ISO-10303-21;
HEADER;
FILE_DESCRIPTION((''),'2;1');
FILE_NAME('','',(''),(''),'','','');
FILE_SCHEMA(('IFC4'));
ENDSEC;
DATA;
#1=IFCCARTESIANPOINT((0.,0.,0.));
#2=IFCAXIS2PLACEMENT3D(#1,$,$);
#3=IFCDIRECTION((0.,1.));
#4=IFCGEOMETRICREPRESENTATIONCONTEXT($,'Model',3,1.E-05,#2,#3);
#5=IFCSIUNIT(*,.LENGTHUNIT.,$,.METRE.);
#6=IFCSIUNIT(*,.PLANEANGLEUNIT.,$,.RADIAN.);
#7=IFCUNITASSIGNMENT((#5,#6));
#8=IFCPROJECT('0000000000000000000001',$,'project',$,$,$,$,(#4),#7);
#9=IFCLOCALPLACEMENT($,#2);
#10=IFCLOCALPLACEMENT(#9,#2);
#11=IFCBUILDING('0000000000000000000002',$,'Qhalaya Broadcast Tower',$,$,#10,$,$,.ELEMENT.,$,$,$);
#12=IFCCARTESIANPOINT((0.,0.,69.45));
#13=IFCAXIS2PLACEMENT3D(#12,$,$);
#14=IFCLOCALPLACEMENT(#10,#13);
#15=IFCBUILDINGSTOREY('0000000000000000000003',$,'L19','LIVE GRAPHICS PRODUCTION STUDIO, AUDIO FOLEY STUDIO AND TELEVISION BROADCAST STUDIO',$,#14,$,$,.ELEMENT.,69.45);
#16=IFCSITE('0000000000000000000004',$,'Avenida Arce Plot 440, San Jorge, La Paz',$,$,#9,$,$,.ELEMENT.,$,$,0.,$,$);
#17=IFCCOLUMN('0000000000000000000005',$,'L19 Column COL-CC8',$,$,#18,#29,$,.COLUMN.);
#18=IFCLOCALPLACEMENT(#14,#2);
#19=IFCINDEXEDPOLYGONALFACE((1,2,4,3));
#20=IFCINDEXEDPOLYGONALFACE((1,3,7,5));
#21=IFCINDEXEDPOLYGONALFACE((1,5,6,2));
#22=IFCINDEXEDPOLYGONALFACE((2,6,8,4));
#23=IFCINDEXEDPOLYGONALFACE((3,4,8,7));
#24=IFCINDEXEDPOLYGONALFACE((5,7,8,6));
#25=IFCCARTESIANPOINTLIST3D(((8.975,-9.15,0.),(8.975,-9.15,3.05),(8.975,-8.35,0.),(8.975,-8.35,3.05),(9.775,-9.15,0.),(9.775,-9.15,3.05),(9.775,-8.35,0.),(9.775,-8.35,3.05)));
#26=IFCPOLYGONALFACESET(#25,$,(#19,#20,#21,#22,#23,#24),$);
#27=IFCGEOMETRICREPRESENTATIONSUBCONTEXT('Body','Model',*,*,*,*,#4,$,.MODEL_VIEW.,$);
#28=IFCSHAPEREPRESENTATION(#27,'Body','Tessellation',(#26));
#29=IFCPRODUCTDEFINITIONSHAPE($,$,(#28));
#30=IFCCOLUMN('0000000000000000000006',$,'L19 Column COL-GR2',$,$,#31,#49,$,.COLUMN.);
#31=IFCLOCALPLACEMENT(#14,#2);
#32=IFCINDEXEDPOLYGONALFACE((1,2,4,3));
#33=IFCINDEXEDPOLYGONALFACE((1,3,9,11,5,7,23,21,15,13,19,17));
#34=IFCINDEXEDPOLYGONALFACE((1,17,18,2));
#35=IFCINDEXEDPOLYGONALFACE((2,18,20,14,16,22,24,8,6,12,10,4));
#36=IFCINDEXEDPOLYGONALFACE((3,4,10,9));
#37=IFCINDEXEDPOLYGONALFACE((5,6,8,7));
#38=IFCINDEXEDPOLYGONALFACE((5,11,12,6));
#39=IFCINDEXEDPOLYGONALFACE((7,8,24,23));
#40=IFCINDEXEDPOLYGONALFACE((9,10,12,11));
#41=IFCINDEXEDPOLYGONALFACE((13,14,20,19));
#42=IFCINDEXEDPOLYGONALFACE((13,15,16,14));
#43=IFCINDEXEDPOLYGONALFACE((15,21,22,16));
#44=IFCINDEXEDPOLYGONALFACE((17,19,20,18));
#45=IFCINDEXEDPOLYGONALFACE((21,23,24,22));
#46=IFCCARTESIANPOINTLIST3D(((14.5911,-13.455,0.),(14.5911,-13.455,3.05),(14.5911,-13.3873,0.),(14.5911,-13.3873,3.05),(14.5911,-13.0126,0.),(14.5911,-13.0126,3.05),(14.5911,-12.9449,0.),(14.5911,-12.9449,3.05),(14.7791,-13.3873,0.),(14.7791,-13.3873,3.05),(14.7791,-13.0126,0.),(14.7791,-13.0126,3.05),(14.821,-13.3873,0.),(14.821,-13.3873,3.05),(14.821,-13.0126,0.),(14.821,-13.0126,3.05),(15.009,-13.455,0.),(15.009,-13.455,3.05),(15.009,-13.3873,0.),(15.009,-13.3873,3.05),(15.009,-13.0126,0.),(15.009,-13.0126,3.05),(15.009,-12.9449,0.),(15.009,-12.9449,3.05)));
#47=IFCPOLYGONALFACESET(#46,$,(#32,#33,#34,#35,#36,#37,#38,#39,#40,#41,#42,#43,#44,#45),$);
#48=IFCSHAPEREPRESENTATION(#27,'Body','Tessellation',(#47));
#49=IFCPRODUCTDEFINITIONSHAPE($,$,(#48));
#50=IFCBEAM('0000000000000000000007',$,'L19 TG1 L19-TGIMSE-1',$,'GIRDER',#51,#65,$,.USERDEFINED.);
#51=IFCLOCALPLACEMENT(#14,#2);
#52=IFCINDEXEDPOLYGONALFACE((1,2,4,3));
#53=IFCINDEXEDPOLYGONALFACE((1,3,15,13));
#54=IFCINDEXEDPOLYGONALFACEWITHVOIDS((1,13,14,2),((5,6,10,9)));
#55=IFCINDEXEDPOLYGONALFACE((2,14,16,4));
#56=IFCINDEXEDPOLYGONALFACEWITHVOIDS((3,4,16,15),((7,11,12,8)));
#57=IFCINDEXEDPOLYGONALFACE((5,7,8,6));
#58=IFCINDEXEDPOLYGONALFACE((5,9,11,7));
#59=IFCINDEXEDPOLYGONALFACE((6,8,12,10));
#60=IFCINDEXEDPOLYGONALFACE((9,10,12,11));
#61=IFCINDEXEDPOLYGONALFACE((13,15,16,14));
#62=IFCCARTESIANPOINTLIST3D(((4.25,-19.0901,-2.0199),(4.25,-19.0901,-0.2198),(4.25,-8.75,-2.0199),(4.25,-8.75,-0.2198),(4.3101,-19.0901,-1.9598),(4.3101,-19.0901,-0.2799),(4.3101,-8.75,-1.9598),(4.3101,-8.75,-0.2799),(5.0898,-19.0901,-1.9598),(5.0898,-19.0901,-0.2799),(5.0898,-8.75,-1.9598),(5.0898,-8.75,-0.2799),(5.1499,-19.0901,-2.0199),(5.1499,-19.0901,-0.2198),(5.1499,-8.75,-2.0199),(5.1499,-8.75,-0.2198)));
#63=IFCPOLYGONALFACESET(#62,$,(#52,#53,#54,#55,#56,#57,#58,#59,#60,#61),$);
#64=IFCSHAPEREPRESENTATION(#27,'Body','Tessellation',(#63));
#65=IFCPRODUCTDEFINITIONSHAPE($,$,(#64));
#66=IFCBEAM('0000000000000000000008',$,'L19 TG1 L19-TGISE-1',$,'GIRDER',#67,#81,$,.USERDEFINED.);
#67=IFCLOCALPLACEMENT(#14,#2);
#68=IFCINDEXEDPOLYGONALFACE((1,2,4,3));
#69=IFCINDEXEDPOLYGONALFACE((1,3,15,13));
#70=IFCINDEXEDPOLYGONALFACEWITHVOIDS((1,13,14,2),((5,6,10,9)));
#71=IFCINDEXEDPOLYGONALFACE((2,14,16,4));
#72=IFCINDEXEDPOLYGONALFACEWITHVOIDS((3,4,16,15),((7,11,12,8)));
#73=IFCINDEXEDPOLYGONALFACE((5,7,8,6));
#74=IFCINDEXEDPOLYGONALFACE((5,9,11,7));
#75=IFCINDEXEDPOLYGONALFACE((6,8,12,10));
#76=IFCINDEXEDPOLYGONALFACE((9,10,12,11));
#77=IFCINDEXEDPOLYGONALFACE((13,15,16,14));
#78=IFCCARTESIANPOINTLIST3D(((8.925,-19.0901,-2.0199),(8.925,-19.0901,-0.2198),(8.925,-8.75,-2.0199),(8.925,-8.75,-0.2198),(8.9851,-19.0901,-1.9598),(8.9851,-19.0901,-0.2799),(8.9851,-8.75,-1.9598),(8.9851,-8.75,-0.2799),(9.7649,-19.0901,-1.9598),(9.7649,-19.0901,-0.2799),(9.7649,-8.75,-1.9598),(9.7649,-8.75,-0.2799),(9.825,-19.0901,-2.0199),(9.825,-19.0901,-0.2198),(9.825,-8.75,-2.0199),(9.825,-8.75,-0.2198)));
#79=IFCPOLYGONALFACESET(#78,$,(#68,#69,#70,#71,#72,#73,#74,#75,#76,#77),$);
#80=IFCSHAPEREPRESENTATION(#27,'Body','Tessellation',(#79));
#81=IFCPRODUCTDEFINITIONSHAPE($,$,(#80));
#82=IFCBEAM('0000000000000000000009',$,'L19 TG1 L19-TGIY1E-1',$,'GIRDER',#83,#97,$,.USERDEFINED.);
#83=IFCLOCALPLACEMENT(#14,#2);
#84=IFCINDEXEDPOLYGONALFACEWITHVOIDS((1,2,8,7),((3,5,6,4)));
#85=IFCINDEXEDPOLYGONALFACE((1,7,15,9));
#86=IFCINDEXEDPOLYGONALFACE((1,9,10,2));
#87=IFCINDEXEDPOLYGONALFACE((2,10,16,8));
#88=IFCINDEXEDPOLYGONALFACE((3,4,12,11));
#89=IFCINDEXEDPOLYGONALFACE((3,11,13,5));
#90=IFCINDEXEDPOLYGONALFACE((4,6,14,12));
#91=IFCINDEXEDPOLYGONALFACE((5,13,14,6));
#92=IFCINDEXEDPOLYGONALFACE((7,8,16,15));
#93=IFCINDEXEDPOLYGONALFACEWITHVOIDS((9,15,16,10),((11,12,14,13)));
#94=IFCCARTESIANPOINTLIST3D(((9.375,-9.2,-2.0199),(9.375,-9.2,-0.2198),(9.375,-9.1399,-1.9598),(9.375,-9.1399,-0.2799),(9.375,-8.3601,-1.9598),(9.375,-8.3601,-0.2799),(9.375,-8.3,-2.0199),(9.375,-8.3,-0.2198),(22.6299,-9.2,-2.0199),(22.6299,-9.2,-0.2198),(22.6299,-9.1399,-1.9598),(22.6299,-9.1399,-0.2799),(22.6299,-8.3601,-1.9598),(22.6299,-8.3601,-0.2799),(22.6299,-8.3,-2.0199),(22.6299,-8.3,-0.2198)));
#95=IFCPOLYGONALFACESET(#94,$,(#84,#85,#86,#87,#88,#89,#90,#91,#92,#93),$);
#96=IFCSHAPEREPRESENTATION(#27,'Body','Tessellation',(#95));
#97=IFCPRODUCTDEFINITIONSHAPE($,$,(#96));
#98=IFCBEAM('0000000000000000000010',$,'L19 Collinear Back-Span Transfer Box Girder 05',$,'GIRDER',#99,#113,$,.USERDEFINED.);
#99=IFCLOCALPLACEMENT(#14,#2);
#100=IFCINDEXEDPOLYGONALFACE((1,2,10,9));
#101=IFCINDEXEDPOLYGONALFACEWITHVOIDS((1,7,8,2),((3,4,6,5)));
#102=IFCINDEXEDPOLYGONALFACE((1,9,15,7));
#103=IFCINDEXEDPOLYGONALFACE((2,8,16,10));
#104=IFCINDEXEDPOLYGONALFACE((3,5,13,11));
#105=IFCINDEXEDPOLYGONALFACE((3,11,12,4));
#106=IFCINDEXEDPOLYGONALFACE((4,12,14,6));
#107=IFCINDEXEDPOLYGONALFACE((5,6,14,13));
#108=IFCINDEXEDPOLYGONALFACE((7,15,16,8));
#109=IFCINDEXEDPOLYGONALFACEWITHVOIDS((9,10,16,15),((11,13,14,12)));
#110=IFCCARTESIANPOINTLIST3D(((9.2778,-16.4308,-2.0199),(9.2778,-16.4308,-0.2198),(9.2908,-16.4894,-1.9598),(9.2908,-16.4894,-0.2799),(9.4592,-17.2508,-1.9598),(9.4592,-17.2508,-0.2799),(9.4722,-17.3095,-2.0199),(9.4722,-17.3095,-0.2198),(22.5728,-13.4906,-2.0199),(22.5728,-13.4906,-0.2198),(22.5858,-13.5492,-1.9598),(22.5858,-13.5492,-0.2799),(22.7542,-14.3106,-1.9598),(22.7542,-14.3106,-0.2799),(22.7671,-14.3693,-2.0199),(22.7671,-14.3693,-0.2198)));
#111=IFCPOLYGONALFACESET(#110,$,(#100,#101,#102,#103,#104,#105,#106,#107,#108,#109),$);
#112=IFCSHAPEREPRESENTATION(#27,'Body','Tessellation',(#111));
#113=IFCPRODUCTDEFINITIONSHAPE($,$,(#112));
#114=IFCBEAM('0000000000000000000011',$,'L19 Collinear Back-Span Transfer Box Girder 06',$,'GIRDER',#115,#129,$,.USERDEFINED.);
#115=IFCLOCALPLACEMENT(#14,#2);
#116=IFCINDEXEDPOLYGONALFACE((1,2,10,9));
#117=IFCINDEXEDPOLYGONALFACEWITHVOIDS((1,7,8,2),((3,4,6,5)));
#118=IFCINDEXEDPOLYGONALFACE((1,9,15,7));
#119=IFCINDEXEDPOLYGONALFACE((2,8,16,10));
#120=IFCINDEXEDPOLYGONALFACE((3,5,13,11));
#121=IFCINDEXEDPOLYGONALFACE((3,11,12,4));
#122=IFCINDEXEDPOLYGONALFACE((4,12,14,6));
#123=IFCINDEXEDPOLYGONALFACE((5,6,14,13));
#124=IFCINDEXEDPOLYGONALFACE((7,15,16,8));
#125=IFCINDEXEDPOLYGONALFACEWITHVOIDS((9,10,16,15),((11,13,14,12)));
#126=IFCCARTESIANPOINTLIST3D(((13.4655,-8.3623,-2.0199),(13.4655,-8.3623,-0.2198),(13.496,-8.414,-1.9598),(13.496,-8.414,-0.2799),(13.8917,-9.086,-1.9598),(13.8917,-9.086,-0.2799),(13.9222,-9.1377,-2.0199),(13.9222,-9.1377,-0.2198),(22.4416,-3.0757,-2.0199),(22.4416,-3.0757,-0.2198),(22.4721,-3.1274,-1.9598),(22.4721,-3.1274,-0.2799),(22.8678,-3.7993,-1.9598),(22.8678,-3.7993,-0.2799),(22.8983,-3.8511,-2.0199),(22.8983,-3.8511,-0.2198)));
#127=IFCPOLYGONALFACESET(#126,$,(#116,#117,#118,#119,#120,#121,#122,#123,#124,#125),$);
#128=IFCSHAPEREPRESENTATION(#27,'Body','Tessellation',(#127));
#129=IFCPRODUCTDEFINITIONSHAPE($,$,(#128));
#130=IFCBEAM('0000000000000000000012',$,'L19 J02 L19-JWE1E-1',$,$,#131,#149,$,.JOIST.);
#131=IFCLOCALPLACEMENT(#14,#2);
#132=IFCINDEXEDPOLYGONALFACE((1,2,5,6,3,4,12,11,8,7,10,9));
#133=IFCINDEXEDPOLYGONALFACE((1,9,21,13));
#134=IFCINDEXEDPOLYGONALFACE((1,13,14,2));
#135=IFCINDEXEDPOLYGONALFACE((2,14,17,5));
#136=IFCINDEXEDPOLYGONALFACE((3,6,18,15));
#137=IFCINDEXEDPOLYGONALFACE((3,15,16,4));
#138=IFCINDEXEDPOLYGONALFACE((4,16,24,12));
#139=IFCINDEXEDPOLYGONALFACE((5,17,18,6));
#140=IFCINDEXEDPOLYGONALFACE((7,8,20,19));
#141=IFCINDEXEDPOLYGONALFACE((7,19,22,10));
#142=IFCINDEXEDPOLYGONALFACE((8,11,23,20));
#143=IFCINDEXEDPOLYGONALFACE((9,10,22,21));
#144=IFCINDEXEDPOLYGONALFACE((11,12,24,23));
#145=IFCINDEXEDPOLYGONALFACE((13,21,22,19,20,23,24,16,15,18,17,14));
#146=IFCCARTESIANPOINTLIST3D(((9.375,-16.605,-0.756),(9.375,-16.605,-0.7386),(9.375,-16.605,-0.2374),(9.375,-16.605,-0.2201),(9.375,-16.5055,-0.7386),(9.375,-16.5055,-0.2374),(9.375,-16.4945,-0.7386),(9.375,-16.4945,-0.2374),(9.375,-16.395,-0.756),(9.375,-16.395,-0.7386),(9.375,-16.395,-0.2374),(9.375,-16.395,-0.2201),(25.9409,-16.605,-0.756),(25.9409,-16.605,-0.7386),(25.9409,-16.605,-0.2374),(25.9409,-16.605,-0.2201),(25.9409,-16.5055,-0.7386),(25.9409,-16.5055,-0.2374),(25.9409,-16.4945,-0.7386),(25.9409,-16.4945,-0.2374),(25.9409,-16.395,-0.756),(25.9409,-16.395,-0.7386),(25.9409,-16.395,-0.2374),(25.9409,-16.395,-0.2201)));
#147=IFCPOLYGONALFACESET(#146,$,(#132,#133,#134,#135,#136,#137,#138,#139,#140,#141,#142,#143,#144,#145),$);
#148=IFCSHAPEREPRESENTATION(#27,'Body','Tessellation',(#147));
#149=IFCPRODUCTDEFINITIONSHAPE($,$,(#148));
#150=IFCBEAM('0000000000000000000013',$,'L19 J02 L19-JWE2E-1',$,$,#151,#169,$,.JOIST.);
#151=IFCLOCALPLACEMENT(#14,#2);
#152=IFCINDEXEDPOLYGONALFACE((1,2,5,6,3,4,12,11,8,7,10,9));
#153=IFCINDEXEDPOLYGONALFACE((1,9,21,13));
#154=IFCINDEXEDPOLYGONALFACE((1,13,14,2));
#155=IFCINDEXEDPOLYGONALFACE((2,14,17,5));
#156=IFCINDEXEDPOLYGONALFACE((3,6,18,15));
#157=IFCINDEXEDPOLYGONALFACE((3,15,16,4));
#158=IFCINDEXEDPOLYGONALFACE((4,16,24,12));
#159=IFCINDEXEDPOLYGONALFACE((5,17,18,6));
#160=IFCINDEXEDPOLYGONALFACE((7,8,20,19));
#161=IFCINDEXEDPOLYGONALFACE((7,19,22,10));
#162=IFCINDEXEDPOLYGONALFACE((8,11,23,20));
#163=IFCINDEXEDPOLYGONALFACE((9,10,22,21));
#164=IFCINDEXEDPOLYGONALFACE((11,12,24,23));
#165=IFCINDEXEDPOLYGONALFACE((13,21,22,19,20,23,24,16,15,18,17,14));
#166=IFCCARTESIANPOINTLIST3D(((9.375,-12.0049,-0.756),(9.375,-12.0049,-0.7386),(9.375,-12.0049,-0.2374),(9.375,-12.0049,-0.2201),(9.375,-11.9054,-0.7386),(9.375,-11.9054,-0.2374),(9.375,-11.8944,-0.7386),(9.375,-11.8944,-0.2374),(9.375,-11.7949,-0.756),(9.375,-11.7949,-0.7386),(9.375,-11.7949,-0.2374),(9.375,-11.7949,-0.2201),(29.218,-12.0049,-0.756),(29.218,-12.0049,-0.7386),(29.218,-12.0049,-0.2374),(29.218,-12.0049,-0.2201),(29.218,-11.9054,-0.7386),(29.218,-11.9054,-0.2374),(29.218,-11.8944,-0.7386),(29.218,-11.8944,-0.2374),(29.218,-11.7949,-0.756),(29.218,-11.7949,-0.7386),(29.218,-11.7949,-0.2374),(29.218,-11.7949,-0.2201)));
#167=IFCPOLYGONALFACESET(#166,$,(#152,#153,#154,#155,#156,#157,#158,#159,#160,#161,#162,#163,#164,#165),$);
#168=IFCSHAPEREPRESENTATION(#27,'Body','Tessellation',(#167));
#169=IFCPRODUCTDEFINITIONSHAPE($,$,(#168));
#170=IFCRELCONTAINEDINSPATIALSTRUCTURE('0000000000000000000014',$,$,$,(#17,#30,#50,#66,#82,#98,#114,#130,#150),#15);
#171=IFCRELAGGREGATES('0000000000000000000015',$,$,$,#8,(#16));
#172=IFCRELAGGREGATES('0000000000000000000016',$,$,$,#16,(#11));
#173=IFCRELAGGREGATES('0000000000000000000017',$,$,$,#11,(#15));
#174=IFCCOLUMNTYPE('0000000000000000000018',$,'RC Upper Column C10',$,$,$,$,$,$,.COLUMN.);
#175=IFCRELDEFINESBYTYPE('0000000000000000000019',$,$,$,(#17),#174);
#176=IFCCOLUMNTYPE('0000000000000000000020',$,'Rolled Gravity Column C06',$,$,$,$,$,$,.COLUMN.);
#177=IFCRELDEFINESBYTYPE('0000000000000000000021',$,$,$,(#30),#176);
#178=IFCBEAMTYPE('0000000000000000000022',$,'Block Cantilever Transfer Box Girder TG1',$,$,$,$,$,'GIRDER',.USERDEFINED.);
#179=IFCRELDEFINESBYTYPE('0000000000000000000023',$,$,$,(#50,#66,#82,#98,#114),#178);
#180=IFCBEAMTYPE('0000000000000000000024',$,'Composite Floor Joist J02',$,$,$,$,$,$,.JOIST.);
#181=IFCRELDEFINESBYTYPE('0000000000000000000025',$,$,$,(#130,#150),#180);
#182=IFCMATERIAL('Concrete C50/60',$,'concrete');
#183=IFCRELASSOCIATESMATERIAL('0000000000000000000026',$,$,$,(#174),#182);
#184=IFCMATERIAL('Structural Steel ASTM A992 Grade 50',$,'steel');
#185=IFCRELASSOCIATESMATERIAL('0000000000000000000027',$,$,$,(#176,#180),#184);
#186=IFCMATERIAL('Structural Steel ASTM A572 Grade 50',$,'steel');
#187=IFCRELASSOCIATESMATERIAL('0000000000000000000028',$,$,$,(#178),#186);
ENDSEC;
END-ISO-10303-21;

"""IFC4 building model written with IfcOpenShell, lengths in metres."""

from ifc_helpers import new_model, si_unit, direction, frame, origin, origin_2d, place, context, subcontext, project, spatial, rectangle, hollow_rectangle, i_section, extrude, material, material_profile, profile_set, type_object, element, save


model = new_model("IFC4")

# Units and contexts
model_context = context("Model", 3, precision=1e-05, world=origin(), true_north=direction((0.0, 1.0)))
body_context = subcontext(model_context, "Body", "Model", "MODEL_VIEW")
ifc_project = project(units=[si_unit("LENGTHUNIT", "METRE"), si_unit("PLANEANGLEUNIT", "RADIAN")], contexts=[model_context])

# Site, building, storey
site_placement = place(None, origin())
site = spatial("IfcSite", under=ifc_project, at=site_placement, Name="Avenida Arce Plot 440, San Jorge, La Paz", CompositionType="ELEMENT", RefElevation=0.0)
building_placement = place(site_placement, origin())
building = spatial("IfcBuilding", under=site, at=building_placement, Name="Qhalaya Broadcast Tower", CompositionType="ELEMENT")
storey_placement = place(building_placement, frame((0.0, 0.0, 69.45)))
storey = spatial("IfcBuildingStorey", under=building, at=storey_placement, Name="L19", Description="LIVE GRAPHICS PRODUCTION STUDIO, AUDIO FOLEY STUDIO AND TELEVISION BROADCAST STUDIO", CompositionType="ELEMENT", Elevation=69.45)

# Columns
ifc_material_1 = material(Name="Concrete C50/60", Category="concrete")
ifc_material_profile_1 = material_profile(ifc_material_1, rectangle(XDim=0.8, YDim=0.8, at=origin_2d()), Name="RC-COL 800x800")
ifc_profile_set_1 = profile_set([ifc_material_profile_1], Name="Concrete C50/60")
column_type_1 = type_object("IfcColumnType", Name="RC Upper Column C10", PredefinedType="COLUMN", material=ifc_profile_set_1)
column_1_placement = place(storey_placement, frame((9.375, -8.75, 0.0), z_axis=(0.0, 0.0, 1.0), x_axis=(1.0, 0.0, 0.0)))
element("IfcColumn", 1, at=column_1_placement, inside=storey, type_object=column_type_1, Name="L19 Column COL-CC8", PredefinedType="COLUMN", context=body_context, shape_type="SweptSolid", body=[
    extrude(rectangle(XDim=0.8, YDim=0.8, at=origin_2d()), origin(), (0.0, 0.0, 1.0), 3.05),
])
ifc_material_2 = material(Name="Structural Steel ASTM A992 Grade 50", Category="steel")
ifc_material_profile_2 = material_profile(ifc_material_2, i_section(OverallWidth=0.418, OverallDepth=0.51, WebThickness=0.042, FlangeThickness=0.0676, at=origin_2d()), Name="W14X370")
ifc_profile_set_2 = profile_set([ifc_material_profile_2], Name="Structural Steel ASTM A992 Grade 50")
column_type_2 = type_object("IfcColumnType", Name="Rolled Gravity Column C06", PredefinedType="COLUMN", material=ifc_profile_set_2)
column_2_placement = place(storey_placement, frame((14.8, -13.2, 0.0), z_axis=(0.0, 0.0, 1.0), x_axis=(1.0, 0.0, 0.0)))
element("IfcColumn", 2, at=column_2_placement, inside=storey, type_object=column_type_2, Name="L19 Column COL-GR2", PredefinedType="COLUMN", context=body_context, shape_type="SweptSolid", body=[
    extrude(i_section(OverallWidth=0.418, OverallDepth=0.51, WebThickness=0.042, FlangeThickness=0.0676, at=origin_2d()), origin(), (0.0, 0.0, 1.0), 3.05),
])

# Beams
ifc_material_3 = material(Name="Structural Steel ASTM A572 Grade 50", Category="steel")
ifc_material_profile_3 = material_profile(ifc_material_3, hollow_rectangle(XDim=0.8999, YDim=1.8, WallThickness=0.0601, at=origin_2d()), Name="BOX 900x1800x60")
ifc_profile_set_3 = profile_set([ifc_material_profile_3], Name="Structural Steel ASTM A572 Grade 50")
beam_type_1 = type_object("IfcBeamType", Name="Block Cantilever Transfer Box Girder TG1", ElementType="GIRDER", PredefinedType="USERDEFINED", material=ifc_profile_set_3)
for number, where, z_axis, x_axis, name in (
    (3, (4.7, -19.0901, -1.1199), (0.0, 1.0, 0.0), (-1.0, 0.0, 0.0), "L19 TG1 L19-TGIMSE-1"),
    (4, (9.375, -19.0901, -1.1199), (0.0, 1.0, 0.0), (-1.0, 0.0, 0.0), "L19 TG1 L19-TGISE-1"),
):
    element("IfcBeam", number, at=place(storey_placement, frame(where, z_axis=z_axis, x_axis=x_axis)), inside=storey, type_object=beam_type_1, Name=name, ObjectType="GIRDER", PredefinedType="USERDEFINED", context=body_context, shape_type="SweptSolid", body=[
        extrude(hollow_rectangle(XDim=0.8999, YDim=1.8, WallThickness=0.0601, at=origin_2d()), origin(), (0.0, 0.0, 1.0), 10.3401),
    ])
beam_1_placement = place(storey_placement, frame((9.375, -8.75, -1.1199), z_axis=(1.0, 0.0, 0.0), x_axis=(0.0, 1.0, 0.0)))
element("IfcBeam", 5, at=beam_1_placement, inside=storey, type_object=beam_type_1, Name="L19 TG1 L19-TGIY1E-1", ObjectType="GIRDER", PredefinedType="USERDEFINED", context=body_context, shape_type="SweptSolid", body=[
    extrude(hollow_rectangle(XDim=0.8999, YDim=1.8, WallThickness=0.0601, at=origin_2d()), origin(), (0.0, 0.0, 1.0), 13.2549),
])
beam_2_placement = place(storey_placement, frame((9.375, -16.8701, -1.1199), z_axis=(0.976408, 0.215934, 0.0), x_axis=(-0.215934, 0.976408, 0.0)))
element("IfcBeam", 6, at=beam_2_placement, inside=storey, type_object=beam_type_1, Name="L19 Collinear Back-Span Transfer Box Girder 05", ObjectType="GIRDER", PredefinedType="USERDEFINED", context=body_context, shape_type="SweptSolid", body=[
    extrude(hollow_rectangle(XDim=0.8999, YDim=1.8, WallThickness=0.0601, at=origin_2d()), origin(), (0.0, 0.0, 1.0), 13.6162),
])
beam_3_placement = place(storey_placement, frame((13.6938, -8.75, -1.1199), z_axis=(0.861658, 0.507489, 0.0), x_axis=(-0.507489, 0.861658, 0.0)))
element("IfcBeam", 7, at=beam_3_placement, inside=storey, type_object=beam_type_1, Name="L19 Collinear Back-Span Transfer Box Girder 06", ObjectType="GIRDER", PredefinedType="USERDEFINED", context=body_context, shape_type="SweptSolid", body=[
    extrude(hollow_rectangle(XDim=0.8999, YDim=1.8, WallThickness=0.0601, at=origin_2d()), origin(), (0.0, 0.0, 1.0), 10.4172),
])
ifc_material_profile_4 = material_profile(ifc_material_2, i_section(OverallWidth=0.21, OverallDepth=0.5359, WebThickness=0.011, FlangeThickness=0.0173, at=origin_2d()), Name="W21X68")
ifc_profile_set_4 = profile_set([ifc_material_profile_4], Name="Structural Steel ASTM A992 Grade 50")
beam_type_2 = type_object("IfcBeamType", Name="Composite Floor Joist J02", PredefinedType="JOIST", material=ifc_profile_set_4)
beam_4_placement = place(storey_placement, frame((9.375, -16.5, -0.488), z_axis=(1.0, 0.0, 0.0), x_axis=(0.0, 1.0, 0.0)))
element("IfcBeam", 8, at=beam_4_placement, inside=storey, type_object=beam_type_2, Name="L19 J02 L19-JWE1E-1", PredefinedType="JOIST", context=body_context, shape_type="SweptSolid", body=[
    extrude(i_section(OverallWidth=0.21, OverallDepth=0.5359, WebThickness=0.011, FlangeThickness=0.0173, at=origin_2d()), origin(), (0.0, 0.0, 1.0), 16.5659),
])
beam_5_placement = place(storey_placement, frame((9.375, -11.8999, -0.488), z_axis=(1.0, 0.0, 0.0), x_axis=(0.0, 1.0, 0.0)))
element("IfcBeam", 9, at=beam_5_placement, inside=storey, type_object=beam_type_2, Name="L19 J02 L19-JWE2E-1", PredefinedType="JOIST", context=body_context, shape_type="SweptSolid", body=[
    extrude(i_section(OverallWidth=0.21, OverallDepth=0.5359, WebThickness=0.011, FlangeThickness=0.0173, at=origin_2d()), origin(), (0.0, 0.0, 1.0), 19.843),
])

save(model, "model.ifc")
